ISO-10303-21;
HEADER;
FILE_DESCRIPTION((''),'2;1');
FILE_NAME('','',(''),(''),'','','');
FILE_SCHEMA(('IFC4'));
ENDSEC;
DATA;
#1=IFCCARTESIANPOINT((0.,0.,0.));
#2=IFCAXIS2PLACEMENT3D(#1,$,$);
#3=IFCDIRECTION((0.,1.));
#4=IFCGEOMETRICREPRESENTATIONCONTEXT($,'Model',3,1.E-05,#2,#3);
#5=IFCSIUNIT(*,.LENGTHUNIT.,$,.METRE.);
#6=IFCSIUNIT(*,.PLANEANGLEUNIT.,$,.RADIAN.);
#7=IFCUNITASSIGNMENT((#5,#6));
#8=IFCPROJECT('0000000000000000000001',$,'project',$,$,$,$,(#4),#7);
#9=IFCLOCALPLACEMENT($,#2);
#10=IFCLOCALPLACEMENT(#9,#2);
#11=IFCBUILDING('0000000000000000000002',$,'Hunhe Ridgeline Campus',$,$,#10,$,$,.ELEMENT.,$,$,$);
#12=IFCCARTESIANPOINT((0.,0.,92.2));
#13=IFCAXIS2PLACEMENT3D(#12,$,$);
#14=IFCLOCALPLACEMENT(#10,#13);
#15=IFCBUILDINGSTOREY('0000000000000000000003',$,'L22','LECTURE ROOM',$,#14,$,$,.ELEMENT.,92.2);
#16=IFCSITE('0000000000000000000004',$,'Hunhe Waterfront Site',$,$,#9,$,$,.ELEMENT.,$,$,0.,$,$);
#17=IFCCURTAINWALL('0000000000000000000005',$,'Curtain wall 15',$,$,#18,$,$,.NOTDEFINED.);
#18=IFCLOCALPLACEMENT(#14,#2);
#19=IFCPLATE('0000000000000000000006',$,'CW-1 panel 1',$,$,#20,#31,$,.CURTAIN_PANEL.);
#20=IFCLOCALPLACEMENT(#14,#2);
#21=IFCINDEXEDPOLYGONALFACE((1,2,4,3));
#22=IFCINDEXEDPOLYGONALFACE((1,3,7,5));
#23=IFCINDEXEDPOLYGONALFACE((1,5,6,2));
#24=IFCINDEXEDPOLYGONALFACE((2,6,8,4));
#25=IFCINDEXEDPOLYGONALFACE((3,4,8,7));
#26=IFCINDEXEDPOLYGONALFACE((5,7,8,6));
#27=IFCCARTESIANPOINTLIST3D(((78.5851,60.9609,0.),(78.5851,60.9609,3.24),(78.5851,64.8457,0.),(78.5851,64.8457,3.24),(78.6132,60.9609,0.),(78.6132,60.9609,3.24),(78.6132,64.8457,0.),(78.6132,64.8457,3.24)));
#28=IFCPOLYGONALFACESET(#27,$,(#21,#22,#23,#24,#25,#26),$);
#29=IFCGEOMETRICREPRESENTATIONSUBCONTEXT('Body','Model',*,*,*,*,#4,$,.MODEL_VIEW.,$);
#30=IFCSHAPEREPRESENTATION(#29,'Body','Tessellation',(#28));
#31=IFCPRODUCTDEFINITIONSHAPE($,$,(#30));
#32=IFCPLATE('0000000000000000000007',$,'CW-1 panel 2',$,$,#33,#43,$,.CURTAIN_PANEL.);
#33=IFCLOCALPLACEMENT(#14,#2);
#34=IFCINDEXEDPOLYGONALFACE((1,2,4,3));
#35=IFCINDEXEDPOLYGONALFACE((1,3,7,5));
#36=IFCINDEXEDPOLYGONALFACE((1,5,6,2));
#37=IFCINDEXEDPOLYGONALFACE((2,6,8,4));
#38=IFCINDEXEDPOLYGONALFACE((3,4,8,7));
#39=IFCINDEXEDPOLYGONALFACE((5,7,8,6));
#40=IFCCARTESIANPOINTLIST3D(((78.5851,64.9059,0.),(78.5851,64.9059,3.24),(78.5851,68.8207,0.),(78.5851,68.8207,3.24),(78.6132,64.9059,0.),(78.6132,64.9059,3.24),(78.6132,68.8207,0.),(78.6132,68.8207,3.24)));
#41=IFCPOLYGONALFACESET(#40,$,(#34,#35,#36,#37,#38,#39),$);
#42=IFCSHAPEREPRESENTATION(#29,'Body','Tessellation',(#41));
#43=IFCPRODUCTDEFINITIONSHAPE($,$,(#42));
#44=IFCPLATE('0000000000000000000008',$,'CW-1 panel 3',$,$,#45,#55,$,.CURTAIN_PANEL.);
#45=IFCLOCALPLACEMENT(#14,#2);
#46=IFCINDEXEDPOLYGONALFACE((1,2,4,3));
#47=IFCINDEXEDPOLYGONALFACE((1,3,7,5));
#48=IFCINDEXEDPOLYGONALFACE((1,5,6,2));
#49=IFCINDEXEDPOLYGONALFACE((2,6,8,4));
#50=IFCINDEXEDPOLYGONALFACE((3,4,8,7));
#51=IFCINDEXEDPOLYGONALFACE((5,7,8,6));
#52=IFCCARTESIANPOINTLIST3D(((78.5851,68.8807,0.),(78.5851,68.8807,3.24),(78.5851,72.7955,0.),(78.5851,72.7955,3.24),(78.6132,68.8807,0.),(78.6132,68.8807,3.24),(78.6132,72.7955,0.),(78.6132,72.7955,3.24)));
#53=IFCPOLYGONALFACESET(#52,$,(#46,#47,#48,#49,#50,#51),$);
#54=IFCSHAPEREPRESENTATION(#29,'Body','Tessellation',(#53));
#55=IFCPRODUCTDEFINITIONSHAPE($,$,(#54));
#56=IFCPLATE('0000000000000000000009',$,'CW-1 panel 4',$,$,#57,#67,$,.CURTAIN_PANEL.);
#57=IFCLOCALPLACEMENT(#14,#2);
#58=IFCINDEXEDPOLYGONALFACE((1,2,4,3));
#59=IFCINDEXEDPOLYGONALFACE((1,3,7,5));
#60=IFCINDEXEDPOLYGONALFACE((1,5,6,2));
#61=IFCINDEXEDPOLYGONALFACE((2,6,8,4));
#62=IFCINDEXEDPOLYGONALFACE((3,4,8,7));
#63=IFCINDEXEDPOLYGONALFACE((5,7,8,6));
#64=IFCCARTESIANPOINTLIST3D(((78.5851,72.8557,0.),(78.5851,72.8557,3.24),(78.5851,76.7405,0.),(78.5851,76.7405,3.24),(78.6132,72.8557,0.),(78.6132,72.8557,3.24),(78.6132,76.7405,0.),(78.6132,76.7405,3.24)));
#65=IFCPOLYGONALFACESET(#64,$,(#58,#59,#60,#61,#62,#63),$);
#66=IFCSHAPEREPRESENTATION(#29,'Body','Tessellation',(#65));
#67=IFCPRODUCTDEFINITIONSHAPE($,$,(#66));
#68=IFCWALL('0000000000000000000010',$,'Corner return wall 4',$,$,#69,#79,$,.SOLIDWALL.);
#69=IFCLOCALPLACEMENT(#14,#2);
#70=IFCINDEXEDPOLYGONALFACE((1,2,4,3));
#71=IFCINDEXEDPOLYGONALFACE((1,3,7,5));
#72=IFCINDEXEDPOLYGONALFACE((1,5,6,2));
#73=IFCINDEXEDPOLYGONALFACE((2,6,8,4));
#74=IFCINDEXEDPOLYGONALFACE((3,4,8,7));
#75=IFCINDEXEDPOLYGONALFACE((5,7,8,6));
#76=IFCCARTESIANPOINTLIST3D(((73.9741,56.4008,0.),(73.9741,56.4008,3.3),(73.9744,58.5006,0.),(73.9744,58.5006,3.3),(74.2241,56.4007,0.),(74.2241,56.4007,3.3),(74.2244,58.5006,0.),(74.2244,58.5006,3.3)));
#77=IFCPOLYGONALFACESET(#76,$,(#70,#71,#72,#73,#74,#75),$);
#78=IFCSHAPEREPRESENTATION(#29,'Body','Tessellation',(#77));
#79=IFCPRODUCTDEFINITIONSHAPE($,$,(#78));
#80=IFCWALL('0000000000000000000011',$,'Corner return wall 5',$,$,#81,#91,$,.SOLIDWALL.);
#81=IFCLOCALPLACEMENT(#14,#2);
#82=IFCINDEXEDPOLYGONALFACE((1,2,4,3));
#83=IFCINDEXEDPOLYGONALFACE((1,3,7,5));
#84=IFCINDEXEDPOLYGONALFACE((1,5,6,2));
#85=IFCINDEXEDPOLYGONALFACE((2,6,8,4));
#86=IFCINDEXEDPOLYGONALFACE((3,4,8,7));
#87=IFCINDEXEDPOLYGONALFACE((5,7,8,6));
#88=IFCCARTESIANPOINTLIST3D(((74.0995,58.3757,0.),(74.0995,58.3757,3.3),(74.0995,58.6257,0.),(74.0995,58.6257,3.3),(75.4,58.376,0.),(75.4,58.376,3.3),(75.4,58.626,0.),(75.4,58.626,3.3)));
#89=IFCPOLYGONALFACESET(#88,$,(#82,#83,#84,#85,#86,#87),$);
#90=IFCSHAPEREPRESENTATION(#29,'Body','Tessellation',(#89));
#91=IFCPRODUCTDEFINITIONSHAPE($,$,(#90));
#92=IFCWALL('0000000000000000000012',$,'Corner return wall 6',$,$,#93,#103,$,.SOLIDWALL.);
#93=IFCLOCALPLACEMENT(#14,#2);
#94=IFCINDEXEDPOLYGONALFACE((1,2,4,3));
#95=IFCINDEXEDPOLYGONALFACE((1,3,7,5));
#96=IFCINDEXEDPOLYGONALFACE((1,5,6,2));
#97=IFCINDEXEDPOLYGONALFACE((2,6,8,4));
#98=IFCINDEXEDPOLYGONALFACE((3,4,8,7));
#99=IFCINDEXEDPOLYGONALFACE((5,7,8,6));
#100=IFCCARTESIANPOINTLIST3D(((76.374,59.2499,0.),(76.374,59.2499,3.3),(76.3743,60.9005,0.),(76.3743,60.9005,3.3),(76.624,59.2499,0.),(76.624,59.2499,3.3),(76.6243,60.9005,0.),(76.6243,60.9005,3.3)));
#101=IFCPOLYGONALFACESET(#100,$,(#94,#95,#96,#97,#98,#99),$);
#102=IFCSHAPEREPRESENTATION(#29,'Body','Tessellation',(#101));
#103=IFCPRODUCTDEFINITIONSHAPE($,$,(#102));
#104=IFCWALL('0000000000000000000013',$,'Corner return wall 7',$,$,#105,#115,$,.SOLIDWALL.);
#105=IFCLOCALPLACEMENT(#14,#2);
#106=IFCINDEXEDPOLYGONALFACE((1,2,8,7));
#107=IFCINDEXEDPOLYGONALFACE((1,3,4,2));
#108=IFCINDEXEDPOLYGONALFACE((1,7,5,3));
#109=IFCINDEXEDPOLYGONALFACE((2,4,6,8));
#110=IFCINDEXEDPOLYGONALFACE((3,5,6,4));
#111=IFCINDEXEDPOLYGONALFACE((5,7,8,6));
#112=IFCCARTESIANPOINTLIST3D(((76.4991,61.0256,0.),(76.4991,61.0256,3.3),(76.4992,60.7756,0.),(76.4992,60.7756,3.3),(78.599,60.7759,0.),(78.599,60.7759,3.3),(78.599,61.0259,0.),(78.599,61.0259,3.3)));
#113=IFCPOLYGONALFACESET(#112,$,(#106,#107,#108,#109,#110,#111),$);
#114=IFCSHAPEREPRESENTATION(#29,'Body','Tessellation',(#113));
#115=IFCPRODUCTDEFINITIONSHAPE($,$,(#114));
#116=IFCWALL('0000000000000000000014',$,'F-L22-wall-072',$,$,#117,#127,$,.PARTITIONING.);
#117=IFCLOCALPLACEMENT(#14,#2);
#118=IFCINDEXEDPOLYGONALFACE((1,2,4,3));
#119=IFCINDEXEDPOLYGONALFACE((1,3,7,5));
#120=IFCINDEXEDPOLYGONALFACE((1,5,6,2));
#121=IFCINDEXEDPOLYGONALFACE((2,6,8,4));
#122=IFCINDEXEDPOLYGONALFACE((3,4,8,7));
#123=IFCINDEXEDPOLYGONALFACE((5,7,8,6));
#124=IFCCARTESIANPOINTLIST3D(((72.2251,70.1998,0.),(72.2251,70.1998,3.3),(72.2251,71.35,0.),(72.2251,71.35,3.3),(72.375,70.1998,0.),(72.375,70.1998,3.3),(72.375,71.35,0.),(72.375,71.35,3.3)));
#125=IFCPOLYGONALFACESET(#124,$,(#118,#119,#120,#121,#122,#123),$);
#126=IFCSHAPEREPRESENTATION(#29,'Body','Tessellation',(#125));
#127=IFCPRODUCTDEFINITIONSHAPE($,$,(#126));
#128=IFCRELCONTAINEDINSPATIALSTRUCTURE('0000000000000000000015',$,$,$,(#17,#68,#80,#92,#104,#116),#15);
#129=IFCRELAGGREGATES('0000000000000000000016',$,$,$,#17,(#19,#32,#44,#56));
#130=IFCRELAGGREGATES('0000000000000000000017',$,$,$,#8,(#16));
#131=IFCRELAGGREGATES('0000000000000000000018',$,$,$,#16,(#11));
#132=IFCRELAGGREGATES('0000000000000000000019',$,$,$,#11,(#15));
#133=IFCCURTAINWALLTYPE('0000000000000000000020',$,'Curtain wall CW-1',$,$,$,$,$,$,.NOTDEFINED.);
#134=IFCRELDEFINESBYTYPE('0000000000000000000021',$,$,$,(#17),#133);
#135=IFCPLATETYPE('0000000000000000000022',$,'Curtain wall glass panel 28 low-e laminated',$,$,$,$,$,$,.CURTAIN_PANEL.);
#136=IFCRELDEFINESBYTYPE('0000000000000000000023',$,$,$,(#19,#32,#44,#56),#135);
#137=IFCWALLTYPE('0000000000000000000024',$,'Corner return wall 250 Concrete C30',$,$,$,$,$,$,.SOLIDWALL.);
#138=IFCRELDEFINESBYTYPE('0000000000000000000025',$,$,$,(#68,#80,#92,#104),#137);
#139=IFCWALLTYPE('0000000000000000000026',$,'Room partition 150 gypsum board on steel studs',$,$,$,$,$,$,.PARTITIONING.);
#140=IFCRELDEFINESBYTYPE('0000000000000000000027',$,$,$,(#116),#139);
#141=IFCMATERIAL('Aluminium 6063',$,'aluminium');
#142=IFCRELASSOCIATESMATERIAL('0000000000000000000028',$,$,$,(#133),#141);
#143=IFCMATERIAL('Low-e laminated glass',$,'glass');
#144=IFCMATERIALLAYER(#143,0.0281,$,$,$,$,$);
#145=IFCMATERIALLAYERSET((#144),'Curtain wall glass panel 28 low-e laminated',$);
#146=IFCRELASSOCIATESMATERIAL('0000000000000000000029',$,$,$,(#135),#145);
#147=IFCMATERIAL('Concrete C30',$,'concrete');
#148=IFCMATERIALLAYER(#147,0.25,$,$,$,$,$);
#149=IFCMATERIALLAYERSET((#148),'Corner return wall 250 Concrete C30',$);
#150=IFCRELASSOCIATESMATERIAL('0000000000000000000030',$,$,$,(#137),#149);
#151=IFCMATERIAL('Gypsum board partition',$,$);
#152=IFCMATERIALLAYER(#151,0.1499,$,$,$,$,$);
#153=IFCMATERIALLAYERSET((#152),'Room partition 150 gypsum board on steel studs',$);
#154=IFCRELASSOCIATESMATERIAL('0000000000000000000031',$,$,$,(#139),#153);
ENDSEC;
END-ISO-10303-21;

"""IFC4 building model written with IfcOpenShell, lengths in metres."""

from ifc_helpers import new_model, si_unit, direction, frame, frame_2d, origin, origin_2d, place, context, subcontext, project, spatial, rectangle, extrude, material, layer, layer_set, type_object, element, aggregate, save


model = new_model("IFC4")

# Units and contexts
model_context = context("Model", 3, precision=1e-05, world=origin(), true_north=direction((0.0, 1.0)))
body_context = subcontext(model_context, "Body", "Model", "MODEL_VIEW")
ifc_project = project(units=[si_unit("LENGTHUNIT", "METRE"), si_unit("PLANEANGLEUNIT", "RADIAN")], contexts=[model_context])

# Site, building, storey
site_placement = place(None, origin())
site = spatial("IfcSite", under=ifc_project, at=site_placement, Name="Hunhe Waterfront Site", CompositionType="ELEMENT", RefElevation=0.0)
building_placement = place(site_placement, origin())
building = spatial("IfcBuilding", under=site, at=building_placement, Name="Hunhe Ridgeline Campus", CompositionType="ELEMENT")
storey_placement = place(building_placement, frame((0.0, 0.0, 92.2)))
storey = spatial("IfcBuildingStorey", under=building, at=storey_placement, Name="L22", Description="LECTURE ROOM", CompositionType="ELEMENT", Elevation=92.2)

# Shared definitions
ifc_material_1 = material(Name="Aluminium 6063", Category="aluminium")
curtain_wall_type = type_object("IfcCurtainWallType", Name="Curtain wall CW-1", PredefinedType="NOTDEFINED", material=ifc_material_1)

# Curtain wall
curtain_wall_1_placement = place(storey_placement, origin())
curtain_wall_1 = element("IfcCurtainWall", 1, at=curtain_wall_1_placement, inside=storey, type_object=curtain_wall_type, Name="Curtain wall 15", PredefinedType="NOTDEFINED")

# Plates
ifc_material_2 = material(Name="Low-e laminated glass", Category="glass")
ifc_layer_1 = layer(ifc_material_2, 0.0281)
ifc_layer_set_1 = layer_set([ifc_layer_1], Name="Curtain wall glass panel 28 low-e laminated")
plate_type = type_object("IfcPlateType", Name="Curtain wall glass panel 28 low-e laminated", PredefinedType="CURTAIN_PANEL", material=ifc_layer_set_1)
plate_1_placement = place(storey_placement, frame((78.5991, 62.9033, 0.0), z_axis=(0.0, 0.0, 1.0), x_axis=(0.0, 1.0, 0.0)))
plate_1 = element("IfcPlate", 2, at=plate_1_placement, type_object=plate_type, Name="CW-1 panel 1", PredefinedType="CURTAIN_PANEL", context=body_context, shape_type="SweptSolid", body=[
    extrude(rectangle(XDim=3.8848, YDim=0.0281, at=origin_2d()), origin(), (0.0, 0.0, 1.0), 3.24),
])
plate_2_placement = place(storey_placement, frame((78.5991, 66.8633, 0.0), z_axis=(0.0, 0.0, 1.0), x_axis=(0.0, 1.0, 0.0)))
plate_2 = element("IfcPlate", 3, at=plate_2_placement, type_object=plate_type, Name="CW-1 panel 2", PredefinedType="CURTAIN_PANEL", context=body_context, shape_type="SweptSolid", body=[
    extrude(rectangle(XDim=3.9148, YDim=0.0281, at=origin_2d()), origin(), (0.0, 0.0, 1.0), 3.24),
])
plate_3_placement = place(storey_placement, frame((78.5991, 70.8381, 0.0), z_axis=(0.0, 0.0, 1.0), x_axis=(0.0, 1.0, 0.0)))
plate_3 = element("IfcPlate", 4, at=plate_3_placement, type_object=plate_type, Name="CW-1 panel 3", PredefinedType="CURTAIN_PANEL", context=body_context, shape_type="SweptSolid", body=[
    extrude(rectangle(XDim=3.9148, YDim=0.0281, at=origin_2d()), origin(), (0.0, 0.0, 1.0), 3.24),
])
plate_4_placement = place(storey_placement, frame((78.5991, 74.7981, 0.0), z_axis=(0.0, 0.0, 1.0), x_axis=(0.0, 1.0, 0.0)))
plate_4 = element("IfcPlate", 5, at=plate_4_placement, type_object=plate_type, Name="CW-1 panel 4", PredefinedType="CURTAIN_PANEL", context=body_context, shape_type="SweptSolid", body=[
    extrude(rectangle(XDim=3.8848, YDim=0.0281, at=origin_2d()), origin(), (0.0, 0.0, 1.0), 3.24),
])
aggregate(curtain_wall_1, [plate_1, plate_2, plate_3, plate_4])

# Walls
ifc_material_3 = material(Name="Concrete C30", Category="concrete")
ifc_layer_2 = layer(ifc_material_3, 0.25)
ifc_layer_set_2 = layer_set([ifc_layer_2], Name="Corner return wall 250 Concrete C30")
wall_type_1 = type_object("IfcWallType", Name="Corner return wall 250 Concrete C30", PredefinedType="SOLIDWALL", material=ifc_layer_set_2)
wall_1_placement = place(storey_placement, frame((74.0991, 56.4009, 0.0), z_axis=(0.0, 0.0, 1.0), x_axis=(0.000116, 1.0, 0.0)))
element("IfcWall", 6, at=wall_1_placement, inside=storey, type_object=wall_type_1, Name="Corner return wall 4", PredefinedType="SOLIDWALL", context=body_context, shape_type="SweptSolid", body=[
    extrude(rectangle(XDim=2.0999, YDim=0.25, at=frame_2d((1.0498, 0.0))), origin(), (0.0, 0.0, 1.0), 3.3),
])
wall_2_placement = place(storey_placement, frame((74.0994, 58.5007, 0.0), z_axis=(0.0, 0.0, 1.0), x_axis=(1.0, 0.000188, 0.0)))
element("IfcWall", 7, at=wall_2_placement, inside=storey, type_object=wall_type_1, Name="Corner return wall 5", PredefinedType="SOLIDWALL", context=body_context, shape_type="SweptSolid", body=[
    extrude(rectangle(XDim=1.3005, YDim=0.25, at=frame_2d((0.6504, 0.0))), origin(), (0.0, 0.0, 1.0), 3.3),
])
wall_3_placement = place(storey_placement, frame((76.499, 59.25, 0.0), z_axis=(0.0, 0.0, 1.0), x_axis=(0.000148, 1.0, 0.0)))
element("IfcWall", 8, at=wall_3_placement, inside=storey, type_object=wall_type_1, Name="Corner return wall 6", PredefinedType="SOLIDWALL", context=body_context, shape_type="SweptSolid", body=[
    extrude(rectangle(XDim=1.6506, YDim=0.25, at=frame_2d((0.8252, 0.0))), origin(), (0.0, 0.0, 1.0), 3.3),
])
wall_4_placement = place(storey_placement, frame((76.4993, 60.9006, 0.0), z_axis=(0.0, 0.0, 1.0), x_axis=(1.0, 0.000116, 0.0)))
element("IfcWall", 9, at=wall_4_placement, inside=storey, type_object=wall_type_1, Name="Corner return wall 7", PredefinedType="SOLIDWALL", context=body_context, shape_type="SweptSolid", body=[
    extrude(rectangle(XDim=2.0999, YDim=0.25, at=frame_2d((1.0498, 0.0))), origin(), (0.0, 0.0, 1.0), 3.3),
])

# Shared definitions
ifc_material_4 = material(Name="Gypsum board partition")

# Wall
ifc_layer_3 = layer(ifc_material_4, 0.1499)
ifc_layer_set_3 = layer_set([ifc_layer_3], Name="Room partition 150 gypsum board on steel studs")
wall_type_2 = type_object("IfcWallType", Name="Room partition 150 gypsum board on steel studs", PredefinedType="PARTITIONING", material=ifc_layer_set_3)
wall_5_placement = place(storey_placement, frame((72.3, 71.3501, 0.0), z_axis=(0.0, 0.0, 1.0), x_axis=(0.0, -1.0, 0.0)))
element("IfcWall", 10, at=wall_5_placement, inside=storey, type_object=wall_type_2, Name="F-L22-wall-072", PredefinedType="PARTITIONING", context=body_context, shape_type="SweptSolid", body=[
    extrude(rectangle(XDim=1.1501, YDim=0.1499, at=frame_2d((0.5752, 0.0))), origin(), (0.0, 0.0, 1.0), 3.3),
])

save(model, "model.ifc")
